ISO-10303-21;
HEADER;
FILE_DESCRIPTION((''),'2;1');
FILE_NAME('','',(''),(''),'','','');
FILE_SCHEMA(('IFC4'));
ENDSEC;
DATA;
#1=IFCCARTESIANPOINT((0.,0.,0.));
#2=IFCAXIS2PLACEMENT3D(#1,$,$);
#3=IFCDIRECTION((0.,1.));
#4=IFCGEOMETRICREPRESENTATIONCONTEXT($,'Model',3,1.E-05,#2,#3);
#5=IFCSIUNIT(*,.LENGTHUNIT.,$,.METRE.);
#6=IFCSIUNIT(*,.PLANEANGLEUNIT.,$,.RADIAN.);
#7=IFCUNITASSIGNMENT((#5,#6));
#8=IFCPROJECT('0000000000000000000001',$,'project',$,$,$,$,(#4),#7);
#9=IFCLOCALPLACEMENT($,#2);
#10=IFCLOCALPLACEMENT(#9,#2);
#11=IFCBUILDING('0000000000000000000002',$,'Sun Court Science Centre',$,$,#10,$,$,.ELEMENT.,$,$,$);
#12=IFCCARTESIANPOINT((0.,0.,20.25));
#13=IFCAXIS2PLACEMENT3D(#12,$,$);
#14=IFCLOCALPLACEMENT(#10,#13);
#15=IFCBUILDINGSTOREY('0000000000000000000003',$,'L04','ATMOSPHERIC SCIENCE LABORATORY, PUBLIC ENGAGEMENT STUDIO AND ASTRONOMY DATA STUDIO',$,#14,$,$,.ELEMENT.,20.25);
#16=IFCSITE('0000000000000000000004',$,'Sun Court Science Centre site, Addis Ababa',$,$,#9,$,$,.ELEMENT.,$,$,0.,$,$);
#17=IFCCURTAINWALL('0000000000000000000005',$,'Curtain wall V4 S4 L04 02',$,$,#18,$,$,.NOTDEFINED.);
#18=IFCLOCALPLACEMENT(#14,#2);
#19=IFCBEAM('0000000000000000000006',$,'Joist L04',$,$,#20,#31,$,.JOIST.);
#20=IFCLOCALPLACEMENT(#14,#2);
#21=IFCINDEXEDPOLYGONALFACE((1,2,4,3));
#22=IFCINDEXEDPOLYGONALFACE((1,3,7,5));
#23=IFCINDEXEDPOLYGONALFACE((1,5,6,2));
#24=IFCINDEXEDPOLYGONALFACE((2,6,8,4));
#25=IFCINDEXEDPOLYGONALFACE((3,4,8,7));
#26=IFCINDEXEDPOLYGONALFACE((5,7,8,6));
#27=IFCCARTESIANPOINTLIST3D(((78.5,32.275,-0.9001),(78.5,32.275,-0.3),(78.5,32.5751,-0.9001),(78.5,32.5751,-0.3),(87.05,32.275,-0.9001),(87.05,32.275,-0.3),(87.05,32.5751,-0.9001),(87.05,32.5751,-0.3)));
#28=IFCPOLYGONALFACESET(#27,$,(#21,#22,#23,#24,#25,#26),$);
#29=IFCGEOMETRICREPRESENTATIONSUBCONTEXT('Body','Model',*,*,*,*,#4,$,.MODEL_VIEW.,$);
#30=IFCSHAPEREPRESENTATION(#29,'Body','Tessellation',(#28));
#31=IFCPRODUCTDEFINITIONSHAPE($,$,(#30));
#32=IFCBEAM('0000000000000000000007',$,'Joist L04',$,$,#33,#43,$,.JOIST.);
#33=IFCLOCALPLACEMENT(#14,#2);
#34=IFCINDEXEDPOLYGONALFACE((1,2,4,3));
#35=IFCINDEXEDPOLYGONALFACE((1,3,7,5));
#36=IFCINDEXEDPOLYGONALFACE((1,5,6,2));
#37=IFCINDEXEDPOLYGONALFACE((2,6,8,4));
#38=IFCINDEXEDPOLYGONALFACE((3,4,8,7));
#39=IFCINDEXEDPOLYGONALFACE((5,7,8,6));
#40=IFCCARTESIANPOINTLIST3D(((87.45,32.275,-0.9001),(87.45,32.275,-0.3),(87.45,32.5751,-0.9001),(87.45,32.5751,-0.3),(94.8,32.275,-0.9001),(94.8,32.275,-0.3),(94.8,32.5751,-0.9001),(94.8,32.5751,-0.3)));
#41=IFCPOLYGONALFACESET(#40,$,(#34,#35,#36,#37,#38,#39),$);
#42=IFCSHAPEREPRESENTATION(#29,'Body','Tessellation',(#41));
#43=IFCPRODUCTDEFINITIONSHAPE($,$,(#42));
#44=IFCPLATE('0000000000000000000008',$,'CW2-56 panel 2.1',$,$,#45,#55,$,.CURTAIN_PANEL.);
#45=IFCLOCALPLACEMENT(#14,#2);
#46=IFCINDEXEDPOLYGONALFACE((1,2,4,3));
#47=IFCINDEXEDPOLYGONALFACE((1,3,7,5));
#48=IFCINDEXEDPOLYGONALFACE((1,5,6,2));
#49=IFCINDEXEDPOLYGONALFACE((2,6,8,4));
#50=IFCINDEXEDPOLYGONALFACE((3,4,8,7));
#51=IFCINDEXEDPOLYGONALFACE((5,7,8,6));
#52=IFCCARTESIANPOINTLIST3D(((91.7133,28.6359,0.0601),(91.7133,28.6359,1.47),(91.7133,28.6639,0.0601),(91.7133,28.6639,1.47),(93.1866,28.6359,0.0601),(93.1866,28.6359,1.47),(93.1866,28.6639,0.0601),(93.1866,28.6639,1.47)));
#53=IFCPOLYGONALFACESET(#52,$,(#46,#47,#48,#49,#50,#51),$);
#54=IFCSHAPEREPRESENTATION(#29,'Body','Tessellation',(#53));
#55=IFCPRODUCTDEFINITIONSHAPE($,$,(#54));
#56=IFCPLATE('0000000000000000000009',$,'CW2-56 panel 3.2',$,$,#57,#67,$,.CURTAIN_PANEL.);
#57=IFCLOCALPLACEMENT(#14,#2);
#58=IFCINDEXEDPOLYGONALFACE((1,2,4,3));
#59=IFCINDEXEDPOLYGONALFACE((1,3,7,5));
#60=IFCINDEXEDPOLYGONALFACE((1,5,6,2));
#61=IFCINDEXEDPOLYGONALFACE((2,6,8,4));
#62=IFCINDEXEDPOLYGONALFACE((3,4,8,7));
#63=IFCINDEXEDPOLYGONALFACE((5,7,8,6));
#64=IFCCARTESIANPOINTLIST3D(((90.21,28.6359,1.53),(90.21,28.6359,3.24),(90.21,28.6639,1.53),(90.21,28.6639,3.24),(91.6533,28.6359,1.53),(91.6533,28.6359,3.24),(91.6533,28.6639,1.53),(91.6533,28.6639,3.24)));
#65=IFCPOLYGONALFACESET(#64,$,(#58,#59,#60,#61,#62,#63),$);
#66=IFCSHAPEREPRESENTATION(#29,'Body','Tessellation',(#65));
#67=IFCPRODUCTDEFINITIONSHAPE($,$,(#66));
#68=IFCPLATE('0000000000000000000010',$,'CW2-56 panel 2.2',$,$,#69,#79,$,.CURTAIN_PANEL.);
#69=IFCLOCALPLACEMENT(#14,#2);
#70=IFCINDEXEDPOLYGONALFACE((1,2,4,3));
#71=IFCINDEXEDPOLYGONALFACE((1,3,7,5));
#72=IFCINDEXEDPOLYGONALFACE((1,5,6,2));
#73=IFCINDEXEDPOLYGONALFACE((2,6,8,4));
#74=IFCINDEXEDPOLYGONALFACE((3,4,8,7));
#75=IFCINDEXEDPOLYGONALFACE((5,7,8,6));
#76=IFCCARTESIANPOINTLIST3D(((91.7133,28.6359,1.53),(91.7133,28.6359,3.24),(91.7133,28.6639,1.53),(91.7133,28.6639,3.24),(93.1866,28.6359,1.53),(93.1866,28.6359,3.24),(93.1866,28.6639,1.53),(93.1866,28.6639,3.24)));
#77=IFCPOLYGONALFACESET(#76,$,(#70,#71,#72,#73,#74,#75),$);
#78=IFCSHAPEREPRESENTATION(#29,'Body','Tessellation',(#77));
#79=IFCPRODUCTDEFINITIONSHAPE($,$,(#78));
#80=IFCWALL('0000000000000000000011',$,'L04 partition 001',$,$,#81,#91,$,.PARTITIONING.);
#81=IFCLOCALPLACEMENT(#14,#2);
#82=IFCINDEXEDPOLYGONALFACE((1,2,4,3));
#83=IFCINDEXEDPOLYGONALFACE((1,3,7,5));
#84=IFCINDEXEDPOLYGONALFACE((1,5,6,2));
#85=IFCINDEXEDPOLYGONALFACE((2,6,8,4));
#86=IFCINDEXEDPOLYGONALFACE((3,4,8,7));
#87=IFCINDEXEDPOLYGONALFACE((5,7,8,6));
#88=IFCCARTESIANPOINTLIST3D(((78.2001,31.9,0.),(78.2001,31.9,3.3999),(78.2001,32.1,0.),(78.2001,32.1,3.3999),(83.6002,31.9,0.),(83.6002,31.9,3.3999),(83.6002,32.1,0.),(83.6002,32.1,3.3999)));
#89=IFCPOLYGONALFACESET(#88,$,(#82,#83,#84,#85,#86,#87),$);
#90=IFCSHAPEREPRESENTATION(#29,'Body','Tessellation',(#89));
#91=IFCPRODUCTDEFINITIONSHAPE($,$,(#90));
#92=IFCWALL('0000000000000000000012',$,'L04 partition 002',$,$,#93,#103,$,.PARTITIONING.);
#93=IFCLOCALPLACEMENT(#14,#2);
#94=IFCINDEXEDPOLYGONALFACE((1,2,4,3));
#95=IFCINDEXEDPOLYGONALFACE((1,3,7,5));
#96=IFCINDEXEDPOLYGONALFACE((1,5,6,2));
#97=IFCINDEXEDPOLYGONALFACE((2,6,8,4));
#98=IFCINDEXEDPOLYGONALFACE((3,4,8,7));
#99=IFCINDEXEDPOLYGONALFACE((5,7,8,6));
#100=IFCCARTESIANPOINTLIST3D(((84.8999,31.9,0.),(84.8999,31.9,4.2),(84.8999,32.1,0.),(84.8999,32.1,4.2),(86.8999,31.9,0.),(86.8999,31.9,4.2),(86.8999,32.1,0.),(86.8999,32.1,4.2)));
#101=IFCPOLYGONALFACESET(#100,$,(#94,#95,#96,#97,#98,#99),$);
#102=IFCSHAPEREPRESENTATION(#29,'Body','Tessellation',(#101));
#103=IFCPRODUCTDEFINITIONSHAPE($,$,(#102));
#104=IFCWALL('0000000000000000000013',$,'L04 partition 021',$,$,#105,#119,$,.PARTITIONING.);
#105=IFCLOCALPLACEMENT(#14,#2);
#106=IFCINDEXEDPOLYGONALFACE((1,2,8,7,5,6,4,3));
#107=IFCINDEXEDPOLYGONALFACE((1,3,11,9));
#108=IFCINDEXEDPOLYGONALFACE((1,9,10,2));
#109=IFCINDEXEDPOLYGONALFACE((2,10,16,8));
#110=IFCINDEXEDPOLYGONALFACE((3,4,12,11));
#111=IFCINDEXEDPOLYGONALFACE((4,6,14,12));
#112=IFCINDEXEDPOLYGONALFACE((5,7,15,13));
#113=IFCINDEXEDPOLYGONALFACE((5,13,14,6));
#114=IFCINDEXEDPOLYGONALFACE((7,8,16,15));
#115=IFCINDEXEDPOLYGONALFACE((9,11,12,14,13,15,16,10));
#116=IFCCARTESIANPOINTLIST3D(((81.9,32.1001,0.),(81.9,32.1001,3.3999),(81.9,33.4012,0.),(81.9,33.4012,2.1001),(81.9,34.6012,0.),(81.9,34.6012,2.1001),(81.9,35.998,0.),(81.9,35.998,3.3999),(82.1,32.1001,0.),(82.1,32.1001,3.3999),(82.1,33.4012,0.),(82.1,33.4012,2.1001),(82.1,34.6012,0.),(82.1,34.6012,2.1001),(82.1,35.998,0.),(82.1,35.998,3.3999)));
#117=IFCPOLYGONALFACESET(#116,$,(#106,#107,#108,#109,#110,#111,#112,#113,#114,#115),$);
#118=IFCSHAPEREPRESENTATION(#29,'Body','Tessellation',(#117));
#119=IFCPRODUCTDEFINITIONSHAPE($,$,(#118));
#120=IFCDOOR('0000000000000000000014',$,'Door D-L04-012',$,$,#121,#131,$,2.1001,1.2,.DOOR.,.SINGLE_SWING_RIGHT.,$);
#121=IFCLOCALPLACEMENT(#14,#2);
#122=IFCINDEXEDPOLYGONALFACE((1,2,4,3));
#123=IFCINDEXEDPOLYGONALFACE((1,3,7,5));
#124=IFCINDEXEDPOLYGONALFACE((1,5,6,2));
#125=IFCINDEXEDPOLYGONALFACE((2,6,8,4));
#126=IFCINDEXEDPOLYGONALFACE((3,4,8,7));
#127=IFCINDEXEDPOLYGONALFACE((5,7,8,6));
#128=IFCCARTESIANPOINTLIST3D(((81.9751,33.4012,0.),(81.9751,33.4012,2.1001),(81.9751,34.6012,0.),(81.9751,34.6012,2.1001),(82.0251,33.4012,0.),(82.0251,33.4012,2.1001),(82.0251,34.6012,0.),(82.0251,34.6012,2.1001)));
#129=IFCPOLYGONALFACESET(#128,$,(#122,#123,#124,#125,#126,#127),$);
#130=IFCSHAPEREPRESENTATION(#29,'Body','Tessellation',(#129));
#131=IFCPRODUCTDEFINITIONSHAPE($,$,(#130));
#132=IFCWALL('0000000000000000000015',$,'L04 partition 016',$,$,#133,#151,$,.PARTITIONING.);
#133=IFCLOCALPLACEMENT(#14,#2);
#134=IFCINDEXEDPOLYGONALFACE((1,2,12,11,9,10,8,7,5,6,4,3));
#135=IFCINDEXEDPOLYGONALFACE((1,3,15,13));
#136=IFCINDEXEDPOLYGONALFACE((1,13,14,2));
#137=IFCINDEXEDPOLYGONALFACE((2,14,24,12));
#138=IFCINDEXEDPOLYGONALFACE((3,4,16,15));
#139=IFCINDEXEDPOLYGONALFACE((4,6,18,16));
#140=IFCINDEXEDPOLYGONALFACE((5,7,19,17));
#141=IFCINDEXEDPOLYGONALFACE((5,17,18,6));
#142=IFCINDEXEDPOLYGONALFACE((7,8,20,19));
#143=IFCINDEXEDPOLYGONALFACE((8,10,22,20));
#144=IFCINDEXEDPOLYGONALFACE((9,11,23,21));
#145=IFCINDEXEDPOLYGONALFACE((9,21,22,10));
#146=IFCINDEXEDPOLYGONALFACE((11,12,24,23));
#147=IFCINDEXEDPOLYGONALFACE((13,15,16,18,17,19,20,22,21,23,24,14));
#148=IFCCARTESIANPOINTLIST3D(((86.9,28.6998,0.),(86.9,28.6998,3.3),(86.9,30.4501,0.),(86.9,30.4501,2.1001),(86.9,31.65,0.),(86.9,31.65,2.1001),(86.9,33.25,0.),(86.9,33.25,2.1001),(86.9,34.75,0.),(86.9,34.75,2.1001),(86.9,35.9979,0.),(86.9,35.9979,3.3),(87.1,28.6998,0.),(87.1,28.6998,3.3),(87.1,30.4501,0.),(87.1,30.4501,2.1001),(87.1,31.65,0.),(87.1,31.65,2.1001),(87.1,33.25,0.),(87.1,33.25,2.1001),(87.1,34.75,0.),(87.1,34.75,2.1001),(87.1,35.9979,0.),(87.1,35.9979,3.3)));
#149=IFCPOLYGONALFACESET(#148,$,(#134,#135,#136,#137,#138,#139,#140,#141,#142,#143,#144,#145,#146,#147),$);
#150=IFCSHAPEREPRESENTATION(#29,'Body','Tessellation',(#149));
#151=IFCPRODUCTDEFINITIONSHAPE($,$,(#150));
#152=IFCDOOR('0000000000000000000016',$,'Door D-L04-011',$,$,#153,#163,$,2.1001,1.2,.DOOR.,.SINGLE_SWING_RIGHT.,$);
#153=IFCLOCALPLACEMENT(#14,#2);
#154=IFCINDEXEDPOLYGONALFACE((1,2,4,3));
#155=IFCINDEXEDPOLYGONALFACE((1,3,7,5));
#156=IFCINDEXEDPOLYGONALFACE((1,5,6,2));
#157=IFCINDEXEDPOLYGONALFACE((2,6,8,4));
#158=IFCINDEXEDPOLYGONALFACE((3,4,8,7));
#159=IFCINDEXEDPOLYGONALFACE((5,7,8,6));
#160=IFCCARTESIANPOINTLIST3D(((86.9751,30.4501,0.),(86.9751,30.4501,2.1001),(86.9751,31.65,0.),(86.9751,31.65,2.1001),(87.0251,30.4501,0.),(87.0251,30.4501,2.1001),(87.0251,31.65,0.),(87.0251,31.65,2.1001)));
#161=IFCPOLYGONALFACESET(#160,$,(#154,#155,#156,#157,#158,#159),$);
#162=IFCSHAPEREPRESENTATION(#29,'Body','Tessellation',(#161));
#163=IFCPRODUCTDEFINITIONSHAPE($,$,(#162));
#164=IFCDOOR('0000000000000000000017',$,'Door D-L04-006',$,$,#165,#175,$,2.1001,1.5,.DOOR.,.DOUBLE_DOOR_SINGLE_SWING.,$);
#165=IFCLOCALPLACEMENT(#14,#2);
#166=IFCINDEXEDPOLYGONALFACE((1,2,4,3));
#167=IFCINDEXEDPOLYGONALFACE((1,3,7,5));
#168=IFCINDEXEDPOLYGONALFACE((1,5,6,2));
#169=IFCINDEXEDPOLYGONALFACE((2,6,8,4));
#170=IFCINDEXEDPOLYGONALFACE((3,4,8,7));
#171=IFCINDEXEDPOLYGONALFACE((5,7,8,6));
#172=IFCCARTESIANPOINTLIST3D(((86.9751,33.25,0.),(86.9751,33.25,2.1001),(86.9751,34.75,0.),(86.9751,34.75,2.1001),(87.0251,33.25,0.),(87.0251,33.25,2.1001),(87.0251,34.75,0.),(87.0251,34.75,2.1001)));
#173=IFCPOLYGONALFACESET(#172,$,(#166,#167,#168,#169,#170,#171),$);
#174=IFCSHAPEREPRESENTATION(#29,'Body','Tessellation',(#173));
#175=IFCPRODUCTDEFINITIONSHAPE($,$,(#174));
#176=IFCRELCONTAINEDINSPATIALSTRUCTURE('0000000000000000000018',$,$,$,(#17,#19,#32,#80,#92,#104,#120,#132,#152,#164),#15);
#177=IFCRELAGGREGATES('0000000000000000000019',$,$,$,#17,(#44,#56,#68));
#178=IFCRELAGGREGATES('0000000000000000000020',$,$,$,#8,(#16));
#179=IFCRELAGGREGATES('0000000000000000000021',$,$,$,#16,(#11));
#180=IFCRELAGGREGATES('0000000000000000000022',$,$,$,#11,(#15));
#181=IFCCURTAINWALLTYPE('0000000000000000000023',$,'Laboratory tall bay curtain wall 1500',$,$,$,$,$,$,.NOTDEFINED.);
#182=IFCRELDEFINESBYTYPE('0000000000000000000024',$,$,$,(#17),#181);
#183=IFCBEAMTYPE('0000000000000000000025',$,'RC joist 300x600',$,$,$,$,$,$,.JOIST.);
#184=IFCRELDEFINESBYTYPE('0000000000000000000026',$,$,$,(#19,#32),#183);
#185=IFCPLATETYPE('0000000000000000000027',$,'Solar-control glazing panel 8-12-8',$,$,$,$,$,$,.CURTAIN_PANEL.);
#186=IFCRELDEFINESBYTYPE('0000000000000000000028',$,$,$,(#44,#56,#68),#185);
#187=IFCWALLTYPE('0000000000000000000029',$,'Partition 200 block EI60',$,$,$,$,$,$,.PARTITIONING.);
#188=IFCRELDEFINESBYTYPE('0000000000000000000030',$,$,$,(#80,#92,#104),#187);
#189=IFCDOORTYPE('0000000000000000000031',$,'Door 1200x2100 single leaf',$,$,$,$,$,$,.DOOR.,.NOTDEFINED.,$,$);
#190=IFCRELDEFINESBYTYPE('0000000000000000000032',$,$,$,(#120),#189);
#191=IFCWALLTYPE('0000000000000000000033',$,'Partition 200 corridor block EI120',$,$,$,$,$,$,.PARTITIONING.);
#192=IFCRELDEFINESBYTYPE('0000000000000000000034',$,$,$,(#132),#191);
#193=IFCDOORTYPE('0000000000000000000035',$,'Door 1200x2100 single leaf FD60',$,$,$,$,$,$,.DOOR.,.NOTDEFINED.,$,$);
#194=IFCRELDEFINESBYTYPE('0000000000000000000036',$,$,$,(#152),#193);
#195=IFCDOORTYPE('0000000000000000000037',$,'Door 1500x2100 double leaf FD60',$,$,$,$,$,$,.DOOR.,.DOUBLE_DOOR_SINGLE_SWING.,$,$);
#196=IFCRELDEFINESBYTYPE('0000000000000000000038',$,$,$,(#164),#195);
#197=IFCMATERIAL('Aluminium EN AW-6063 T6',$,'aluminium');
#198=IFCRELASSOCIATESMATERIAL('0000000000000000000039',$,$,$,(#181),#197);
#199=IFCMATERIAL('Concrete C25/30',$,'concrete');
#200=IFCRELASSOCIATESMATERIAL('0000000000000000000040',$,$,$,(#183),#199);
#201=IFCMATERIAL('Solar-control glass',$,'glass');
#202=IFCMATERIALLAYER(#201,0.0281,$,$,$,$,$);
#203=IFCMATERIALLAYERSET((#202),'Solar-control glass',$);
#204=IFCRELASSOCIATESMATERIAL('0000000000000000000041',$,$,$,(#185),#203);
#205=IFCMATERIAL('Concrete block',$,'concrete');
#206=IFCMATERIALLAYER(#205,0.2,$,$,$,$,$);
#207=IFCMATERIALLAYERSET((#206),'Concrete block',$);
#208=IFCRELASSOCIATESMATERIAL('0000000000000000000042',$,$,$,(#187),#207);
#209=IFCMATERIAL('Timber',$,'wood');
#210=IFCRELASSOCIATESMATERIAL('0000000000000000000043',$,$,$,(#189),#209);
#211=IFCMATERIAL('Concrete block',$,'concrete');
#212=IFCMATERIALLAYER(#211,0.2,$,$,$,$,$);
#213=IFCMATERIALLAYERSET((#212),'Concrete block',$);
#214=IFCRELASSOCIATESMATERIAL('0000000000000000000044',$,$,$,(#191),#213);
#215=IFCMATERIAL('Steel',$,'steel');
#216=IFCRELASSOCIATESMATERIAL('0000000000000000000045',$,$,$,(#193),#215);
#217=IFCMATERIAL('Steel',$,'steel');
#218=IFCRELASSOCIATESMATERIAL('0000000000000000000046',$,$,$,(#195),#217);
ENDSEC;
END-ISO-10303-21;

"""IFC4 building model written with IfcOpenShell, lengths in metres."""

from ifc_helpers import new_model, si_unit, direction, frame, frame_2d, origin, origin_2d, place, context, subcontext, project, spatial, rectangle, extrude, material, layer, layer_set, material_profile, profile_set, type_object, element, fill, aggregate, save


model = new_model("IFC4")

# Units and contexts
model_context = context("Model", 3, precision=1e-05, world=origin(), true_north=direction((0.0, 1.0)))
body_context = subcontext(model_context, "Body", "Model", "MODEL_VIEW")
ifc_project = project(units=[si_unit("LENGTHUNIT", "METRE"), si_unit("PLANEANGLEUNIT", "RADIAN")], contexts=[model_context])

# Site, building, storey
site_placement = place(None, origin())
site = spatial("IfcSite", under=ifc_project, at=site_placement, Name="Sun Court Science Centre site, Addis Ababa", CompositionType="ELEMENT", RefElevation=0.0)
building_placement = place(site_placement, origin())
building = spatial("IfcBuilding", under=site, at=building_placement, Name="Sun Court Science Centre", CompositionType="ELEMENT")
storey_placement = place(building_placement, frame((0.0, 0.0, 20.25)))
storey = spatial("IfcBuildingStorey", under=building, at=storey_placement, Name="L04", Description="ATMOSPHERIC SCIENCE LABORATORY, PUBLIC ENGAGEMENT STUDIO AND ASTRONOMY DATA STUDIO", CompositionType="ELEMENT", Elevation=20.25)

# Curtain wall
ifc_material_1 = material(Name="Aluminium EN AW-6063 T6", Category="aluminium")
curtain_wall_type = type_object("IfcCurtainWallType", Name="Laboratory tall bay curtain wall 1500", PredefinedType="NOTDEFINED", material=ifc_material_1)
curtain_wall_placement = place(storey_placement, origin())
curtain_wall = element("IfcCurtainWall", 1, at=curtain_wall_placement, inside=storey, type_object=curtain_wall_type, Name="Curtain wall V4 S4 L04 02", PredefinedType="NOTDEFINED")

# Beams
ifc_material_2 = material(Name="Concrete C25/30", Category="concrete")
ifc_material_profile_1 = material_profile(ifc_material_2, rectangle(XDim=0.3, YDim=0.6001, at=origin_2d()), Name="RC 300x600")
ifc_profile_set_1 = profile_set([ifc_material_profile_1], Name="Concrete C25/30")
beam_type_1 = type_object("IfcBeamType", Name="RC joist 300x600", PredefinedType="JOIST", material=ifc_profile_set_1)
beam_1_placement = place(storey_placement, frame((78.5, 32.425, -0.6001), z_axis=(1.0, 0.0, 0.0), x_axis=(0.0, 1.0, 0.0)))
element("IfcBeam", 2, at=beam_1_placement, inside=storey, type_object=beam_type_1, Name="Joist L04", PredefinedType="JOIST", context=body_context, shape_type="SweptSolid", body=[
    extrude(rectangle(XDim=0.3, YDim=0.6001, at=origin_2d()), origin(), (0.0, 0.0, 1.0), 8.55),
])
beam_2_placement = place(storey_placement, frame((87.45, 32.425, -0.6001), z_axis=(1.0, 0.0, 0.0), x_axis=(0.0, 1.0, 0.0)))
element("IfcBeam", 3, at=beam_2_placement, inside=storey, type_object=beam_type_1, Name="Joist L04", PredefinedType="JOIST", context=body_context, shape_type="SweptSolid", body=[
    extrude(rectangle(XDim=0.3, YDim=0.6001, at=origin_2d()), origin(), (0.0, 0.0, 1.0), 7.3501),
])

# Plates
ifc_material_3 = material(Name="Solar-control glass", Category="glass")
ifc_layer_1 = layer(ifc_material_3, 0.0281)
ifc_layer_set_1 = layer_set([ifc_layer_1], Name="Solar-control glass")
plate_type = type_object("IfcPlateType", Name="Solar-control glazing panel 8-12-8", PredefinedType="CURTAIN_PANEL", material=ifc_layer_set_1)
plate_1_placement = place(storey_placement, frame((92.45, 28.6499, 0.0601), z_axis=(0.0, 0.0, 1.0), x_axis=(-1.0, 0.0, 0.0)))
plate_1 = element("IfcPlate", 4, at=plate_1_placement, type_object=plate_type, Name="CW2-56 panel 2.1", PredefinedType="CURTAIN_PANEL", context=body_context, shape_type="SweptSolid", body=[
    extrude(rectangle(XDim=1.4734, YDim=0.0281, at=origin_2d()), origin(), (0.0, 0.0, 1.0), 1.4099),
])
plate_2_placement = place(storey_placement, frame((90.9316, 28.6499, 1.53), z_axis=(0.0, 0.0, 1.0), x_axis=(-1.0, 0.0, 0.0)))
plate_2 = element("IfcPlate", 5, at=plate_2_placement, type_object=plate_type, Name="CW2-56 panel 3.2", PredefinedType="CURTAIN_PANEL", context=body_context, shape_type="SweptSolid", body=[
    extrude(rectangle(XDim=1.4434, YDim=0.0281, at=origin_2d()), origin(), (0.0, 0.0, 1.0), 1.71),
])
plate_3_placement = place(storey_placement, frame((92.45, 28.6499, 1.53), z_axis=(0.0, 0.0, 1.0), x_axis=(-1.0, 0.0, 0.0)))
plate_3 = element("IfcPlate", 6, at=plate_3_placement, type_object=plate_type, Name="CW2-56 panel 2.2", PredefinedType="CURTAIN_PANEL", context=body_context, shape_type="SweptSolid", body=[
    extrude(rectangle(XDim=1.4734, YDim=0.0281, at=origin_2d()), origin(), (0.0, 0.0, 1.0), 1.71),
])
aggregate(curtain_wall, [plate_1, plate_2, plate_3])

# Walls
ifc_material_4 = material(Name="Concrete block", Category="concrete")
ifc_layer_2 = layer(ifc_material_4, 0.2)
ifc_layer_set_2 = layer_set([ifc_layer_2], Name="Concrete block")
wall_type_1 = type_object("IfcWallType", Name="Partition 200 block EI60", PredefinedType="PARTITIONING", material=ifc_layer_set_2)
wall_1_placement = place(storey_placement, frame((78.2, 32.0, 0.0), z_axis=(0.0, 0.0, 1.0), x_axis=(1.0, 0.0, 0.0)))
element("IfcWall", 7, at=wall_1_placement, inside=storey, type_object=wall_type_1, Name="L04 partition 001", PredefinedType="PARTITIONING", context=body_context, shape_type="SweptSolid", body=[
    extrude(rectangle(XDim=5.4001, YDim=0.2, at=frame_2d((2.7002, 0.0))), origin(), (0.0, 0.0, 1.0), 3.3999),
])
wall_2_placement = place(storey_placement, frame((84.8999, 32.0, 0.0), z_axis=(0.0, 0.0, 1.0), x_axis=(1.0, 0.0, 0.0)))
element("IfcWall", 8, at=wall_2_placement, inside=storey, type_object=wall_type_1, Name="L04 partition 002", PredefinedType="PARTITIONING", context=body_context, shape_type="SweptSolid", body=[
    extrude(rectangle(XDim=2.0, YDim=0.2, at=frame_2d((1.0, 0.0))), origin(), (0.0, 0.0, 1.0), 4.2),
])

# Wall, opening, door
wall_3_placement = place(storey_placement, frame((82.0, 32.1001, 0.0), z_axis=(0.0, 0.0, 1.0), x_axis=(0.0, 1.0, 0.0)))
wall_3 = element("IfcWall", 9, at=wall_3_placement, inside=storey, type_object=wall_type_1, Name="L04 partition 021", PredefinedType="PARTITIONING", context=body_context, shape_type="SweptSolid", body=[
    extrude(rectangle(XDim=3.8979, YDim=0.2, at=frame_2d((1.949, 0.0))), origin(), (0.0, 0.0, 1.0), 3.3999),
])
opening_1_placement = place(wall_3_placement, frame((1.301, 0.0, 0.0)))
opening_1 = element("IfcOpeningElement", 10, at=opening_1_placement, cuts=wall_3, PredefinedType="OPENING", context=body_context, shape_type="SweptSolid", body=[
    extrude(rectangle(XDim=1.2, YDim=2.1001, at=frame_2d((0.6001, 1.05))), frame((0.0, 0.1099, 0.0), z_axis=(0.0, -1.0, 0.0), x_axis=(1.0, 0.0, 0.0)), (0.0, 0.0, 1.0), 0.22),
])
ifc_material_5 = material(Name="Timber", Category="wood")
door_type_1 = type_object("IfcDoorType", Name="Door 1200x2100 single leaf", OperationType="NOTDEFINED", PredefinedType="DOOR", material=ifc_material_5)
door_1_placement = place(opening_1_placement, origin())
door_1 = element("IfcDoor", 11, at=door_1_placement, inside=storey, type_object=door_type_1, Name="Door D-L04-012", OperationType="SINGLE_SWING_RIGHT", OverallHeight=2.1001, OverallWidth=1.2, PredefinedType="DOOR", context=body_context, shape_type="SweptSolid", body=[
    extrude(rectangle(XDim=1.2, YDim=2.1001, at=frame_2d((0.6001, 1.05))), frame((0.0, 0.0249, 0.0), z_axis=(0.0, -1.0, 0.0), x_axis=(1.0, 0.0, 0.0)), (0.0, 0.0, 1.0), 0.05),
])
fill(opening_1, door_1)

# Wall, openings, doors
ifc_material_6 = material(Name="Concrete block", Category="concrete")
ifc_layer_3 = layer(ifc_material_6, 0.2)
ifc_layer_set_3 = layer_set([ifc_layer_3], Name="Concrete block")
wall_type_2 = type_object("IfcWallType", Name="Partition 200 corridor block EI120", PredefinedType="PARTITIONING", material=ifc_layer_set_3)
wall_4_placement = place(storey_placement, frame((87.0, 28.7, 0.0), z_axis=(0.0, 0.0, 1.0), x_axis=(0.0, 1.0, 0.0)))
wall_4 = element("IfcWall", 12, at=wall_4_placement, inside=storey, type_object=wall_type_2, Name="L04 partition 016", PredefinedType="PARTITIONING", context=body_context, shape_type="SweptSolid", body=[
    extrude(rectangle(XDim=7.2981, YDim=0.2, at=frame_2d((3.6489, 0.0))), origin(), (0.0, 0.0, 1.0), 3.3),
])
opening_2_placement = place(wall_4_placement, frame((4.55, 0.0, 0.0)))
opening_2 = element("IfcOpeningElement", 13, at=opening_2_placement, cuts=wall_4, PredefinedType="OPENING", context=body_context, shape_type="SweptSolid", body=[
    extrude(rectangle(XDim=1.5, YDim=2.1001, at=frame_2d((0.75, 1.05))), frame((0.0, 0.1099, 0.0), z_axis=(0.0, -1.0, 0.0), x_axis=(1.0, 0.0, 0.0)), (0.0, 0.0, 1.0), 0.22),
])
opening_3_placement = place(wall_4_placement, frame((1.75, 0.0, 0.0)))
opening_3 = element("IfcOpeningElement", 14, at=opening_3_placement, cuts=wall_4, PredefinedType="OPENING", context=body_context, shape_type="SweptSolid", body=[
    extrude(rectangle(XDim=1.2, YDim=2.1001, at=frame_2d((0.6001, 1.05))), frame((0.0, 0.1099, 0.0), z_axis=(0.0, -1.0, 0.0), x_axis=(1.0, 0.0, 0.0)), (0.0, 0.0, 1.0), 0.22),
])
ifc_material_7 = material(Name="Steel", Category="steel")
door_type_2 = type_object("IfcDoorType", Name="Door 1200x2100 single leaf FD60", OperationType="NOTDEFINED", PredefinedType="DOOR", material=ifc_material_7)
door_2_placement = place(opening_3_placement, origin())
door_2 = element("IfcDoor", 15, at=door_2_placement, inside=storey, type_object=door_type_2, Name="Door D-L04-011", OperationType="SINGLE_SWING_RIGHT", OverallHeight=2.1001, OverallWidth=1.2, PredefinedType="DOOR", context=body_context, shape_type="SweptSolid", body=[
    extrude(rectangle(XDim=1.2, YDim=2.1001, at=frame_2d((0.6001, 1.05))), frame((0.0, 0.0249, 0.0), z_axis=(0.0, -1.0, 0.0), x_axis=(1.0, 0.0, 0.0)), (0.0, 0.0, 1.0), 0.05),
])
fill(opening_3, door_2)
ifc_material_8 = material(Name="Steel", Category="steel")
door_type_3 = type_object("IfcDoorType", Name="Door 1500x2100 double leaf FD60", OperationType="DOUBLE_DOOR_SINGLE_SWING", PredefinedType="DOOR", material=ifc_material_8)
door_3_placement = place(opening_2_placement, origin())
door_3 = element("IfcDoor", 16, at=door_3_placement, inside=storey, type_object=door_type_3, Name="Door D-L04-006", OperationType="DOUBLE_DOOR_SINGLE_SWING", OverallHeight=2.1001, OverallWidth=1.5, PredefinedType="DOOR", context=body_context, shape_type="SweptSolid", body=[
    extrude(rectangle(XDim=1.5, YDim=2.1001, at=frame_2d((0.75, 1.05))), frame((0.0, 0.0249, 0.0), z_axis=(0.0, -1.0, 0.0), x_axis=(1.0, 0.0, 0.0)), (0.0, 0.0, 1.0), 0.05),
])
fill(opening_2, door_3)

save(model, "model.ifc")
